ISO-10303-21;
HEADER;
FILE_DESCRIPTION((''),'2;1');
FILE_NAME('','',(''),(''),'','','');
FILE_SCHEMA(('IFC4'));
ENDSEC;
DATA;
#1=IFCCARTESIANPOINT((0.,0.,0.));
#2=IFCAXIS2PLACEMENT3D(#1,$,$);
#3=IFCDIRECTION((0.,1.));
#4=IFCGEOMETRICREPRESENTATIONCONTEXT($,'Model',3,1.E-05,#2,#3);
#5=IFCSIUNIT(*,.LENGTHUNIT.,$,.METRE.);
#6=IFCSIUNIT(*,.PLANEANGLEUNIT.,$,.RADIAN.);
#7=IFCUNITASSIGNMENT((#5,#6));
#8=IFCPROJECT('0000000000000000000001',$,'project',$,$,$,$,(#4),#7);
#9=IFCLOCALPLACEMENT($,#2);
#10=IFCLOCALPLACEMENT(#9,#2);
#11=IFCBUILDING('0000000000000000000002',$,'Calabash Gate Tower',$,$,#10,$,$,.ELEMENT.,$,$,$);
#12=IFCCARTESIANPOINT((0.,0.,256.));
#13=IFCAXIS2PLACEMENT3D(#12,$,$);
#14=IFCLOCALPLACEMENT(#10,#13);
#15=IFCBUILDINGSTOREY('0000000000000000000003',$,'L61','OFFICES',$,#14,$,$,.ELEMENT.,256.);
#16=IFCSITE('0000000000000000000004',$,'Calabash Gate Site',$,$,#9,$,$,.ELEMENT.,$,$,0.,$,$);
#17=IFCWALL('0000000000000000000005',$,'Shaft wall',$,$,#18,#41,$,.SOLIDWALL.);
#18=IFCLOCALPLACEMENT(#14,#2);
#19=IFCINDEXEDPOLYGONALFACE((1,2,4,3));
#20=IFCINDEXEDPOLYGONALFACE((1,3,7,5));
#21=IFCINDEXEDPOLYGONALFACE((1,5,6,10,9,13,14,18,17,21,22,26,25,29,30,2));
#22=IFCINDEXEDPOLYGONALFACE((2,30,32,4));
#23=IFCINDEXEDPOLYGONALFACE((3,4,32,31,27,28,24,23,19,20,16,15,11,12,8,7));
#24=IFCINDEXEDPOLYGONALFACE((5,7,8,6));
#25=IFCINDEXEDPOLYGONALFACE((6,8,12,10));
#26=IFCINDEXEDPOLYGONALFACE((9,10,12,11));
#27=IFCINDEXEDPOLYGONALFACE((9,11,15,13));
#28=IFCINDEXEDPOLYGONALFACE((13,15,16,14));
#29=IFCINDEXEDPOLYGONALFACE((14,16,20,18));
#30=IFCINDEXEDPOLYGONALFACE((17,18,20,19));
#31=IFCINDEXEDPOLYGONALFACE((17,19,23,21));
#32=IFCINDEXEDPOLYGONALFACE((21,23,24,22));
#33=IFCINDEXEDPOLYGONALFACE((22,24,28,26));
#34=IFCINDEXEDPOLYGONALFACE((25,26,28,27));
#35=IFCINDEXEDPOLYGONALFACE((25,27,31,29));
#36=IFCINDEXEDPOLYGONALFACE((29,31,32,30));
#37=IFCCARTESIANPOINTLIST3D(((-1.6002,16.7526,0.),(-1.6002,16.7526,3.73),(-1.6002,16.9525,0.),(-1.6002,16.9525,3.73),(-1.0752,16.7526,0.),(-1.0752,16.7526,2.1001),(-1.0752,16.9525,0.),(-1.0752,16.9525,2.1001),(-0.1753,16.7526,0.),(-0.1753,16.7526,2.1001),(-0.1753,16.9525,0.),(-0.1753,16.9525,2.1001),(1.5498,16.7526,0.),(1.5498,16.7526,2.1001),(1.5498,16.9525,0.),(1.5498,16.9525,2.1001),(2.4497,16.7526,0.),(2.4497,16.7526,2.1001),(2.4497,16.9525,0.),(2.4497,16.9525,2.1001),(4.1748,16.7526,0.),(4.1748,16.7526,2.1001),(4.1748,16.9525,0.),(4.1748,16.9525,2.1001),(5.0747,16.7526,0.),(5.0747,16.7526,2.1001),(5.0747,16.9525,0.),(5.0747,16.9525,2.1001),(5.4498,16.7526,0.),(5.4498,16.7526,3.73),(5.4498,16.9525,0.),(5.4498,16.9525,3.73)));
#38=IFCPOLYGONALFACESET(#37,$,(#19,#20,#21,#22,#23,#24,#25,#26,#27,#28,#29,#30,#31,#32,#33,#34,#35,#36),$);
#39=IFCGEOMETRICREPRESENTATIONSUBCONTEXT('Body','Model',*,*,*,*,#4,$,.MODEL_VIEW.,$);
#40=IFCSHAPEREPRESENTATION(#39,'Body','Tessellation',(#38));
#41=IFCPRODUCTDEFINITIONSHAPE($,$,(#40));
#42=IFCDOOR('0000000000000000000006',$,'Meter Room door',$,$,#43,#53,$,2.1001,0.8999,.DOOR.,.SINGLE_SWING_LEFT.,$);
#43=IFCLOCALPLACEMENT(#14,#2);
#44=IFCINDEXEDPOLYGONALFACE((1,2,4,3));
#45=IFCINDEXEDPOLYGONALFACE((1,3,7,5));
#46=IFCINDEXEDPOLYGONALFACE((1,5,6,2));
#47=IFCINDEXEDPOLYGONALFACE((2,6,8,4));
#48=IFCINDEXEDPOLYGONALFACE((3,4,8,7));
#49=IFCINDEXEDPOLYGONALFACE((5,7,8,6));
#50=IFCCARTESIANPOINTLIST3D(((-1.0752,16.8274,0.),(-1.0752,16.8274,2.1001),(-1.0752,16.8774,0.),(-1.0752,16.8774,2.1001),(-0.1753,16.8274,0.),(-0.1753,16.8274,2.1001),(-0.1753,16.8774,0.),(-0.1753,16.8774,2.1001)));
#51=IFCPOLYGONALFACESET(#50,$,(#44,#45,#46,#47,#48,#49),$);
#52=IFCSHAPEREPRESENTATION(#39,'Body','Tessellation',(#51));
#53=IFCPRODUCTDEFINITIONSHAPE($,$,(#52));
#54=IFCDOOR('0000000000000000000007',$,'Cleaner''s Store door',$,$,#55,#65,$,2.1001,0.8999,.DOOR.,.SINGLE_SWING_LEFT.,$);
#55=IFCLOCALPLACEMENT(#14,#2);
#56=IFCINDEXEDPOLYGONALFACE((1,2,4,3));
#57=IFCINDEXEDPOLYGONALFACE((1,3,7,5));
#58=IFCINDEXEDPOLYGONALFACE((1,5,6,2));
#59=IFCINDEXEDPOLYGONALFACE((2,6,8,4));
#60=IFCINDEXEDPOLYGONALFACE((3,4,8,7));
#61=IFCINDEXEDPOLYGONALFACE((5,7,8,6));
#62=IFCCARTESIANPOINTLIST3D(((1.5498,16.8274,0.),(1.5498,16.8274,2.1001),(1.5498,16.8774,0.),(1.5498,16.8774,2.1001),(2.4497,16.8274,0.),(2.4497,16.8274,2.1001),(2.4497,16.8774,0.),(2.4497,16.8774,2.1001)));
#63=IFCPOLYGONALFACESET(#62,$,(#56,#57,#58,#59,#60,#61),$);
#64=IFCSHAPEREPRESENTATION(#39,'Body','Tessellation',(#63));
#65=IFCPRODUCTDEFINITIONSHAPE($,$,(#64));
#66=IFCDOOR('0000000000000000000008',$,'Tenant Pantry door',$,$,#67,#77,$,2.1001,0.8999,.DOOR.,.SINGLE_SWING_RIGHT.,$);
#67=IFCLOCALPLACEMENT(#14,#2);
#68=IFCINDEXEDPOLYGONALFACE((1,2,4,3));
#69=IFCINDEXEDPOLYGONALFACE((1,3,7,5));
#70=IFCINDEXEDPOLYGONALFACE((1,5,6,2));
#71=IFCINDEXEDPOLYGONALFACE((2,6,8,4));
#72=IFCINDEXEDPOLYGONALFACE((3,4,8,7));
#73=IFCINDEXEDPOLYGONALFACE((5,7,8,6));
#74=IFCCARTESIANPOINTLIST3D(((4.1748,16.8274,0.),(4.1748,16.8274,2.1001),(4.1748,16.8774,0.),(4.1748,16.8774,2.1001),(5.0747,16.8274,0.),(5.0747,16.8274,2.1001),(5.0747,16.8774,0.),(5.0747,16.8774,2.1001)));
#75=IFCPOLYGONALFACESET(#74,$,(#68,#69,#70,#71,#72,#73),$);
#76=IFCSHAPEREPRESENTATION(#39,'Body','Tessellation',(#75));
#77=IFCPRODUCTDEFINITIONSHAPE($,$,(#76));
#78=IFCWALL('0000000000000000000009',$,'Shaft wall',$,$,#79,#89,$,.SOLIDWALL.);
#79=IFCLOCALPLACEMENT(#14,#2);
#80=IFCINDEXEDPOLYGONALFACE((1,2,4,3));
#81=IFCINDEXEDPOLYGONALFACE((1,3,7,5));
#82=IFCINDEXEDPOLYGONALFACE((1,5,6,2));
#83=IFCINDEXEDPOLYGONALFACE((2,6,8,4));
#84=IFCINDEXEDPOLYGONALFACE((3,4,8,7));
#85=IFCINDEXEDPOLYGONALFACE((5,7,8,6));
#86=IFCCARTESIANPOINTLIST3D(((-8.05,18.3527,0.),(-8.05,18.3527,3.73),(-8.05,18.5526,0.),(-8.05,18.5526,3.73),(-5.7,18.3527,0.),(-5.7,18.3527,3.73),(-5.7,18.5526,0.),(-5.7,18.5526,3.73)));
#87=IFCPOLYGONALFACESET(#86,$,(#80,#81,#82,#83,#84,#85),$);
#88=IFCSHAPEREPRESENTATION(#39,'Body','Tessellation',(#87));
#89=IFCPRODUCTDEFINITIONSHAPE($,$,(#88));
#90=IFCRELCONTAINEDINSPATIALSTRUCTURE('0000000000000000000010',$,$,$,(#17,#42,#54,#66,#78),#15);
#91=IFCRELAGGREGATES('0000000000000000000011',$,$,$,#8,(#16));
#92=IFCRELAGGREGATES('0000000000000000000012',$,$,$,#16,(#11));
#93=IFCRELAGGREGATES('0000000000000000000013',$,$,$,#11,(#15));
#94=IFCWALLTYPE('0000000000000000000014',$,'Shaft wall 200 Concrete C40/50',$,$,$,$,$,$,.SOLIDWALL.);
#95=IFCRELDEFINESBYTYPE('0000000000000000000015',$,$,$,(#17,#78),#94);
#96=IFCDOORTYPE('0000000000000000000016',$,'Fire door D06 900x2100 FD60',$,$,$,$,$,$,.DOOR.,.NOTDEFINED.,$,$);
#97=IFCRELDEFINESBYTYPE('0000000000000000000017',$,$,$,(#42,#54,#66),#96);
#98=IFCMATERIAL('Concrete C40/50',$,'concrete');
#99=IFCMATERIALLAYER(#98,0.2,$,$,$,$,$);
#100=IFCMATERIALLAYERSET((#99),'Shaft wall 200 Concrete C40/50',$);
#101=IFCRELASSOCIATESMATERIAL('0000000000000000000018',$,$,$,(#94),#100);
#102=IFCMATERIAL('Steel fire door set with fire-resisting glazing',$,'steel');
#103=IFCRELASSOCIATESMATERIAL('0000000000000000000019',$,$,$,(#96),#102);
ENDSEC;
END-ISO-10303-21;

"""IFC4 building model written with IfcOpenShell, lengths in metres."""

from ifc_helpers import new_model, si_unit, direction, frame, frame_2d, origin, place, context, subcontext, project, spatial, rectangle, extrude, material, layer, layer_set, type_object, element, fill, save


model = new_model("IFC4")

# Units and contexts
model_context = context("Model", 3, precision=1e-05, world=origin(), true_north=direction((0.0, 1.0)))
body_context = subcontext(model_context, "Body", "Model", "MODEL_VIEW")
ifc_project = project(units=[si_unit("LENGTHUNIT", "METRE"), si_unit("PLANEANGLEUNIT", "RADIAN")], contexts=[model_context])

# Site, building, storey
site_placement = place(None, origin())
site = spatial("IfcSite", under=ifc_project, at=site_placement, Name="Calabash Gate Site", CompositionType="ELEMENT", RefElevation=0.0)
building_placement = place(site_placement, origin())
building = spatial("IfcBuilding", under=site, at=building_placement, Name="Calabash Gate Tower", CompositionType="ELEMENT")
storey_placement = place(building_placement, frame((0.0, 0.0, 256.0)))
storey = spatial("IfcBuildingStorey", under=building, at=storey_placement, Name="L61", Description="OFFICES", CompositionType="ELEMENT", Elevation=256.0)

# Shared definitions
ifc_material_1 = material(Name="Concrete C40/50", Category="concrete")
ifc_layer_1 = layer(ifc_material_1, 0.2)
ifc_layer_set_1 = layer_set([ifc_layer_1], Name="Shaft wall 200 Concrete C40/50")
wall_type_1 = type_object("IfcWallType", Name="Shaft wall 200 Concrete C40/50", PredefinedType="SOLIDWALL", material=ifc_layer_set_1)
ifc_material_2 = material(Name="Steel fire door set with fire-resisting glazing", Category="steel")
door_type_1 = type_object("IfcDoorType", Name="Fire door D06 900x2100 FD60", OperationType="NOTDEFINED", PredefinedType="DOOR", material=ifc_material_2)

# Wall, openings, doors
wall_1_placement = place(storey_placement, frame((-1.6001, 16.8525, 0.0), z_axis=(0.0, 0.0, 1.0), x_axis=(1.0, 0.0, 0.0)))
wall_1 = element("IfcWall", 1, at=wall_1_placement, inside=storey, type_object=wall_type_1, Name="Shaft wall", PredefinedType="SOLIDWALL", context=body_context, shape_type="SweptSolid", body=[
    extrude(rectangle(XDim=7.05, YDim=0.2, at=frame_2d((3.5249, 0.0))), origin(), (0.0, 0.0, 1.0), 3.73),
])
opening_1_placement = place(wall_1_placement, frame((0.5249, 0.0, 0.0)))
opening_1 = element("IfcOpeningElement", 2, at=opening_1_placement, cuts=wall_1, PredefinedType="OPENING", context=body_context, shape_type="SweptSolid", body=[
    extrude(rectangle(XDim=0.8999, YDim=2.1001, at=frame_2d((0.45, 1.05))), frame((0.0, 0.1099, 0.0), z_axis=(0.0, -1.0, 0.0), x_axis=(1.0, 0.0, 0.0)), (0.0, 0.0, 1.0), 0.22),
])
opening_2_placement = place(wall_1_placement, frame((3.1499, 0.0, 0.0)))
opening_2 = element("IfcOpeningElement", 3, at=opening_2_placement, cuts=wall_1, PredefinedType="OPENING", context=body_context, shape_type="SweptSolid", body=[
    extrude(rectangle(XDim=0.8999, YDim=2.1001, at=frame_2d((0.45, 1.05))), frame((0.0, 0.1099, 0.0), z_axis=(0.0, -1.0, 0.0), x_axis=(1.0, 0.0, 0.0)), (0.0, 0.0, 1.0), 0.22),
])
opening_3_placement = place(wall_1_placement, frame((5.7749, 0.0, 0.0)))
opening_3 = element("IfcOpeningElement", 4, at=opening_3_placement, cuts=wall_1, PredefinedType="OPENING", context=body_context, shape_type="SweptSolid", body=[
    extrude(rectangle(XDim=0.8999, YDim=2.1001, at=frame_2d((0.45, 1.05))), frame((0.0, 0.1099, 0.0), z_axis=(0.0, -1.0, 0.0), x_axis=(1.0, 0.0, 0.0)), (0.0, 0.0, 1.0), 0.22),
])
door_1_placement = place(opening_1_placement, origin())
door_1 = element("IfcDoor", 5, at=door_1_placement, inside=storey, type_object=door_type_1, Name="Meter Room door", OperationType="SINGLE_SWING_LEFT", OverallHeight=2.1001, OverallWidth=0.8999, PredefinedType="DOOR", context=body_context, shape_type="SweptSolid", body=[
    extrude(rectangle(XDim=0.8999, YDim=2.1001, at=frame_2d((0.45, 1.05))), frame((0.0, 0.0249, 0.0), z_axis=(0.0, -1.0, 0.0), x_axis=(1.0, 0.0, 0.0)), (0.0, 0.0, 1.0), 0.05),
])
fill(opening_1, door_1)
door_2_placement = place(opening_2_placement, origin())
door_2 = element("IfcDoor", 6, at=door_2_placement, inside=storey, type_object=door_type_1, Name="Cleaner's Store door", OperationType="SINGLE_SWING_LEFT", OverallHeight=2.1001, OverallWidth=0.8999, PredefinedType="DOOR", context=body_context, shape_type="SweptSolid", body=[
    extrude(rectangle(XDim=0.8999, YDim=2.1001, at=frame_2d((0.45, 1.05))), frame((0.0, 0.0249, 0.0), z_axis=(0.0, -1.0, 0.0), x_axis=(1.0, 0.0, 0.0)), (0.0, 0.0, 1.0), 0.05),
])
fill(opening_2, door_2)
door_3_placement = place(opening_3_placement, origin())
door_3 = element("IfcDoor", 7, at=door_3_placement, inside=storey, type_object=door_type_1, Name="Tenant Pantry door", OperationType="SINGLE_SWING_RIGHT", OverallHeight=2.1001, OverallWidth=0.8999, PredefinedType="DOOR", context=body_context, shape_type="SweptSolid", body=[
    extrude(rectangle(XDim=0.8999, YDim=2.1001, at=frame_2d((0.45, 1.05))), frame((0.0, 0.0249, 0.0), z_axis=(0.0, -1.0, 0.0), x_axis=(1.0, 0.0, 0.0)), (0.0, 0.0, 1.0), 0.05),
])
fill(opening_3, door_3)

# Wall
wall_2_placement = place(storey_placement, frame((-8.05, 18.4526, 0.0), z_axis=(0.0, 0.0, 1.0), x_axis=(1.0, 0.0, 0.0)))
element("IfcWall", 8, at=wall_2_placement, inside=storey, type_object=wall_type_1, Name="Shaft wall", PredefinedType="SOLIDWALL", context=body_context, shape_type="SweptSolid", body=[
    extrude(rectangle(XDim=2.3501, YDim=0.2, at=frame_2d((1.175, 0.0))), origin(), (0.0, 0.0, 1.0), 3.73),
])

save(model, "model.ifc")
